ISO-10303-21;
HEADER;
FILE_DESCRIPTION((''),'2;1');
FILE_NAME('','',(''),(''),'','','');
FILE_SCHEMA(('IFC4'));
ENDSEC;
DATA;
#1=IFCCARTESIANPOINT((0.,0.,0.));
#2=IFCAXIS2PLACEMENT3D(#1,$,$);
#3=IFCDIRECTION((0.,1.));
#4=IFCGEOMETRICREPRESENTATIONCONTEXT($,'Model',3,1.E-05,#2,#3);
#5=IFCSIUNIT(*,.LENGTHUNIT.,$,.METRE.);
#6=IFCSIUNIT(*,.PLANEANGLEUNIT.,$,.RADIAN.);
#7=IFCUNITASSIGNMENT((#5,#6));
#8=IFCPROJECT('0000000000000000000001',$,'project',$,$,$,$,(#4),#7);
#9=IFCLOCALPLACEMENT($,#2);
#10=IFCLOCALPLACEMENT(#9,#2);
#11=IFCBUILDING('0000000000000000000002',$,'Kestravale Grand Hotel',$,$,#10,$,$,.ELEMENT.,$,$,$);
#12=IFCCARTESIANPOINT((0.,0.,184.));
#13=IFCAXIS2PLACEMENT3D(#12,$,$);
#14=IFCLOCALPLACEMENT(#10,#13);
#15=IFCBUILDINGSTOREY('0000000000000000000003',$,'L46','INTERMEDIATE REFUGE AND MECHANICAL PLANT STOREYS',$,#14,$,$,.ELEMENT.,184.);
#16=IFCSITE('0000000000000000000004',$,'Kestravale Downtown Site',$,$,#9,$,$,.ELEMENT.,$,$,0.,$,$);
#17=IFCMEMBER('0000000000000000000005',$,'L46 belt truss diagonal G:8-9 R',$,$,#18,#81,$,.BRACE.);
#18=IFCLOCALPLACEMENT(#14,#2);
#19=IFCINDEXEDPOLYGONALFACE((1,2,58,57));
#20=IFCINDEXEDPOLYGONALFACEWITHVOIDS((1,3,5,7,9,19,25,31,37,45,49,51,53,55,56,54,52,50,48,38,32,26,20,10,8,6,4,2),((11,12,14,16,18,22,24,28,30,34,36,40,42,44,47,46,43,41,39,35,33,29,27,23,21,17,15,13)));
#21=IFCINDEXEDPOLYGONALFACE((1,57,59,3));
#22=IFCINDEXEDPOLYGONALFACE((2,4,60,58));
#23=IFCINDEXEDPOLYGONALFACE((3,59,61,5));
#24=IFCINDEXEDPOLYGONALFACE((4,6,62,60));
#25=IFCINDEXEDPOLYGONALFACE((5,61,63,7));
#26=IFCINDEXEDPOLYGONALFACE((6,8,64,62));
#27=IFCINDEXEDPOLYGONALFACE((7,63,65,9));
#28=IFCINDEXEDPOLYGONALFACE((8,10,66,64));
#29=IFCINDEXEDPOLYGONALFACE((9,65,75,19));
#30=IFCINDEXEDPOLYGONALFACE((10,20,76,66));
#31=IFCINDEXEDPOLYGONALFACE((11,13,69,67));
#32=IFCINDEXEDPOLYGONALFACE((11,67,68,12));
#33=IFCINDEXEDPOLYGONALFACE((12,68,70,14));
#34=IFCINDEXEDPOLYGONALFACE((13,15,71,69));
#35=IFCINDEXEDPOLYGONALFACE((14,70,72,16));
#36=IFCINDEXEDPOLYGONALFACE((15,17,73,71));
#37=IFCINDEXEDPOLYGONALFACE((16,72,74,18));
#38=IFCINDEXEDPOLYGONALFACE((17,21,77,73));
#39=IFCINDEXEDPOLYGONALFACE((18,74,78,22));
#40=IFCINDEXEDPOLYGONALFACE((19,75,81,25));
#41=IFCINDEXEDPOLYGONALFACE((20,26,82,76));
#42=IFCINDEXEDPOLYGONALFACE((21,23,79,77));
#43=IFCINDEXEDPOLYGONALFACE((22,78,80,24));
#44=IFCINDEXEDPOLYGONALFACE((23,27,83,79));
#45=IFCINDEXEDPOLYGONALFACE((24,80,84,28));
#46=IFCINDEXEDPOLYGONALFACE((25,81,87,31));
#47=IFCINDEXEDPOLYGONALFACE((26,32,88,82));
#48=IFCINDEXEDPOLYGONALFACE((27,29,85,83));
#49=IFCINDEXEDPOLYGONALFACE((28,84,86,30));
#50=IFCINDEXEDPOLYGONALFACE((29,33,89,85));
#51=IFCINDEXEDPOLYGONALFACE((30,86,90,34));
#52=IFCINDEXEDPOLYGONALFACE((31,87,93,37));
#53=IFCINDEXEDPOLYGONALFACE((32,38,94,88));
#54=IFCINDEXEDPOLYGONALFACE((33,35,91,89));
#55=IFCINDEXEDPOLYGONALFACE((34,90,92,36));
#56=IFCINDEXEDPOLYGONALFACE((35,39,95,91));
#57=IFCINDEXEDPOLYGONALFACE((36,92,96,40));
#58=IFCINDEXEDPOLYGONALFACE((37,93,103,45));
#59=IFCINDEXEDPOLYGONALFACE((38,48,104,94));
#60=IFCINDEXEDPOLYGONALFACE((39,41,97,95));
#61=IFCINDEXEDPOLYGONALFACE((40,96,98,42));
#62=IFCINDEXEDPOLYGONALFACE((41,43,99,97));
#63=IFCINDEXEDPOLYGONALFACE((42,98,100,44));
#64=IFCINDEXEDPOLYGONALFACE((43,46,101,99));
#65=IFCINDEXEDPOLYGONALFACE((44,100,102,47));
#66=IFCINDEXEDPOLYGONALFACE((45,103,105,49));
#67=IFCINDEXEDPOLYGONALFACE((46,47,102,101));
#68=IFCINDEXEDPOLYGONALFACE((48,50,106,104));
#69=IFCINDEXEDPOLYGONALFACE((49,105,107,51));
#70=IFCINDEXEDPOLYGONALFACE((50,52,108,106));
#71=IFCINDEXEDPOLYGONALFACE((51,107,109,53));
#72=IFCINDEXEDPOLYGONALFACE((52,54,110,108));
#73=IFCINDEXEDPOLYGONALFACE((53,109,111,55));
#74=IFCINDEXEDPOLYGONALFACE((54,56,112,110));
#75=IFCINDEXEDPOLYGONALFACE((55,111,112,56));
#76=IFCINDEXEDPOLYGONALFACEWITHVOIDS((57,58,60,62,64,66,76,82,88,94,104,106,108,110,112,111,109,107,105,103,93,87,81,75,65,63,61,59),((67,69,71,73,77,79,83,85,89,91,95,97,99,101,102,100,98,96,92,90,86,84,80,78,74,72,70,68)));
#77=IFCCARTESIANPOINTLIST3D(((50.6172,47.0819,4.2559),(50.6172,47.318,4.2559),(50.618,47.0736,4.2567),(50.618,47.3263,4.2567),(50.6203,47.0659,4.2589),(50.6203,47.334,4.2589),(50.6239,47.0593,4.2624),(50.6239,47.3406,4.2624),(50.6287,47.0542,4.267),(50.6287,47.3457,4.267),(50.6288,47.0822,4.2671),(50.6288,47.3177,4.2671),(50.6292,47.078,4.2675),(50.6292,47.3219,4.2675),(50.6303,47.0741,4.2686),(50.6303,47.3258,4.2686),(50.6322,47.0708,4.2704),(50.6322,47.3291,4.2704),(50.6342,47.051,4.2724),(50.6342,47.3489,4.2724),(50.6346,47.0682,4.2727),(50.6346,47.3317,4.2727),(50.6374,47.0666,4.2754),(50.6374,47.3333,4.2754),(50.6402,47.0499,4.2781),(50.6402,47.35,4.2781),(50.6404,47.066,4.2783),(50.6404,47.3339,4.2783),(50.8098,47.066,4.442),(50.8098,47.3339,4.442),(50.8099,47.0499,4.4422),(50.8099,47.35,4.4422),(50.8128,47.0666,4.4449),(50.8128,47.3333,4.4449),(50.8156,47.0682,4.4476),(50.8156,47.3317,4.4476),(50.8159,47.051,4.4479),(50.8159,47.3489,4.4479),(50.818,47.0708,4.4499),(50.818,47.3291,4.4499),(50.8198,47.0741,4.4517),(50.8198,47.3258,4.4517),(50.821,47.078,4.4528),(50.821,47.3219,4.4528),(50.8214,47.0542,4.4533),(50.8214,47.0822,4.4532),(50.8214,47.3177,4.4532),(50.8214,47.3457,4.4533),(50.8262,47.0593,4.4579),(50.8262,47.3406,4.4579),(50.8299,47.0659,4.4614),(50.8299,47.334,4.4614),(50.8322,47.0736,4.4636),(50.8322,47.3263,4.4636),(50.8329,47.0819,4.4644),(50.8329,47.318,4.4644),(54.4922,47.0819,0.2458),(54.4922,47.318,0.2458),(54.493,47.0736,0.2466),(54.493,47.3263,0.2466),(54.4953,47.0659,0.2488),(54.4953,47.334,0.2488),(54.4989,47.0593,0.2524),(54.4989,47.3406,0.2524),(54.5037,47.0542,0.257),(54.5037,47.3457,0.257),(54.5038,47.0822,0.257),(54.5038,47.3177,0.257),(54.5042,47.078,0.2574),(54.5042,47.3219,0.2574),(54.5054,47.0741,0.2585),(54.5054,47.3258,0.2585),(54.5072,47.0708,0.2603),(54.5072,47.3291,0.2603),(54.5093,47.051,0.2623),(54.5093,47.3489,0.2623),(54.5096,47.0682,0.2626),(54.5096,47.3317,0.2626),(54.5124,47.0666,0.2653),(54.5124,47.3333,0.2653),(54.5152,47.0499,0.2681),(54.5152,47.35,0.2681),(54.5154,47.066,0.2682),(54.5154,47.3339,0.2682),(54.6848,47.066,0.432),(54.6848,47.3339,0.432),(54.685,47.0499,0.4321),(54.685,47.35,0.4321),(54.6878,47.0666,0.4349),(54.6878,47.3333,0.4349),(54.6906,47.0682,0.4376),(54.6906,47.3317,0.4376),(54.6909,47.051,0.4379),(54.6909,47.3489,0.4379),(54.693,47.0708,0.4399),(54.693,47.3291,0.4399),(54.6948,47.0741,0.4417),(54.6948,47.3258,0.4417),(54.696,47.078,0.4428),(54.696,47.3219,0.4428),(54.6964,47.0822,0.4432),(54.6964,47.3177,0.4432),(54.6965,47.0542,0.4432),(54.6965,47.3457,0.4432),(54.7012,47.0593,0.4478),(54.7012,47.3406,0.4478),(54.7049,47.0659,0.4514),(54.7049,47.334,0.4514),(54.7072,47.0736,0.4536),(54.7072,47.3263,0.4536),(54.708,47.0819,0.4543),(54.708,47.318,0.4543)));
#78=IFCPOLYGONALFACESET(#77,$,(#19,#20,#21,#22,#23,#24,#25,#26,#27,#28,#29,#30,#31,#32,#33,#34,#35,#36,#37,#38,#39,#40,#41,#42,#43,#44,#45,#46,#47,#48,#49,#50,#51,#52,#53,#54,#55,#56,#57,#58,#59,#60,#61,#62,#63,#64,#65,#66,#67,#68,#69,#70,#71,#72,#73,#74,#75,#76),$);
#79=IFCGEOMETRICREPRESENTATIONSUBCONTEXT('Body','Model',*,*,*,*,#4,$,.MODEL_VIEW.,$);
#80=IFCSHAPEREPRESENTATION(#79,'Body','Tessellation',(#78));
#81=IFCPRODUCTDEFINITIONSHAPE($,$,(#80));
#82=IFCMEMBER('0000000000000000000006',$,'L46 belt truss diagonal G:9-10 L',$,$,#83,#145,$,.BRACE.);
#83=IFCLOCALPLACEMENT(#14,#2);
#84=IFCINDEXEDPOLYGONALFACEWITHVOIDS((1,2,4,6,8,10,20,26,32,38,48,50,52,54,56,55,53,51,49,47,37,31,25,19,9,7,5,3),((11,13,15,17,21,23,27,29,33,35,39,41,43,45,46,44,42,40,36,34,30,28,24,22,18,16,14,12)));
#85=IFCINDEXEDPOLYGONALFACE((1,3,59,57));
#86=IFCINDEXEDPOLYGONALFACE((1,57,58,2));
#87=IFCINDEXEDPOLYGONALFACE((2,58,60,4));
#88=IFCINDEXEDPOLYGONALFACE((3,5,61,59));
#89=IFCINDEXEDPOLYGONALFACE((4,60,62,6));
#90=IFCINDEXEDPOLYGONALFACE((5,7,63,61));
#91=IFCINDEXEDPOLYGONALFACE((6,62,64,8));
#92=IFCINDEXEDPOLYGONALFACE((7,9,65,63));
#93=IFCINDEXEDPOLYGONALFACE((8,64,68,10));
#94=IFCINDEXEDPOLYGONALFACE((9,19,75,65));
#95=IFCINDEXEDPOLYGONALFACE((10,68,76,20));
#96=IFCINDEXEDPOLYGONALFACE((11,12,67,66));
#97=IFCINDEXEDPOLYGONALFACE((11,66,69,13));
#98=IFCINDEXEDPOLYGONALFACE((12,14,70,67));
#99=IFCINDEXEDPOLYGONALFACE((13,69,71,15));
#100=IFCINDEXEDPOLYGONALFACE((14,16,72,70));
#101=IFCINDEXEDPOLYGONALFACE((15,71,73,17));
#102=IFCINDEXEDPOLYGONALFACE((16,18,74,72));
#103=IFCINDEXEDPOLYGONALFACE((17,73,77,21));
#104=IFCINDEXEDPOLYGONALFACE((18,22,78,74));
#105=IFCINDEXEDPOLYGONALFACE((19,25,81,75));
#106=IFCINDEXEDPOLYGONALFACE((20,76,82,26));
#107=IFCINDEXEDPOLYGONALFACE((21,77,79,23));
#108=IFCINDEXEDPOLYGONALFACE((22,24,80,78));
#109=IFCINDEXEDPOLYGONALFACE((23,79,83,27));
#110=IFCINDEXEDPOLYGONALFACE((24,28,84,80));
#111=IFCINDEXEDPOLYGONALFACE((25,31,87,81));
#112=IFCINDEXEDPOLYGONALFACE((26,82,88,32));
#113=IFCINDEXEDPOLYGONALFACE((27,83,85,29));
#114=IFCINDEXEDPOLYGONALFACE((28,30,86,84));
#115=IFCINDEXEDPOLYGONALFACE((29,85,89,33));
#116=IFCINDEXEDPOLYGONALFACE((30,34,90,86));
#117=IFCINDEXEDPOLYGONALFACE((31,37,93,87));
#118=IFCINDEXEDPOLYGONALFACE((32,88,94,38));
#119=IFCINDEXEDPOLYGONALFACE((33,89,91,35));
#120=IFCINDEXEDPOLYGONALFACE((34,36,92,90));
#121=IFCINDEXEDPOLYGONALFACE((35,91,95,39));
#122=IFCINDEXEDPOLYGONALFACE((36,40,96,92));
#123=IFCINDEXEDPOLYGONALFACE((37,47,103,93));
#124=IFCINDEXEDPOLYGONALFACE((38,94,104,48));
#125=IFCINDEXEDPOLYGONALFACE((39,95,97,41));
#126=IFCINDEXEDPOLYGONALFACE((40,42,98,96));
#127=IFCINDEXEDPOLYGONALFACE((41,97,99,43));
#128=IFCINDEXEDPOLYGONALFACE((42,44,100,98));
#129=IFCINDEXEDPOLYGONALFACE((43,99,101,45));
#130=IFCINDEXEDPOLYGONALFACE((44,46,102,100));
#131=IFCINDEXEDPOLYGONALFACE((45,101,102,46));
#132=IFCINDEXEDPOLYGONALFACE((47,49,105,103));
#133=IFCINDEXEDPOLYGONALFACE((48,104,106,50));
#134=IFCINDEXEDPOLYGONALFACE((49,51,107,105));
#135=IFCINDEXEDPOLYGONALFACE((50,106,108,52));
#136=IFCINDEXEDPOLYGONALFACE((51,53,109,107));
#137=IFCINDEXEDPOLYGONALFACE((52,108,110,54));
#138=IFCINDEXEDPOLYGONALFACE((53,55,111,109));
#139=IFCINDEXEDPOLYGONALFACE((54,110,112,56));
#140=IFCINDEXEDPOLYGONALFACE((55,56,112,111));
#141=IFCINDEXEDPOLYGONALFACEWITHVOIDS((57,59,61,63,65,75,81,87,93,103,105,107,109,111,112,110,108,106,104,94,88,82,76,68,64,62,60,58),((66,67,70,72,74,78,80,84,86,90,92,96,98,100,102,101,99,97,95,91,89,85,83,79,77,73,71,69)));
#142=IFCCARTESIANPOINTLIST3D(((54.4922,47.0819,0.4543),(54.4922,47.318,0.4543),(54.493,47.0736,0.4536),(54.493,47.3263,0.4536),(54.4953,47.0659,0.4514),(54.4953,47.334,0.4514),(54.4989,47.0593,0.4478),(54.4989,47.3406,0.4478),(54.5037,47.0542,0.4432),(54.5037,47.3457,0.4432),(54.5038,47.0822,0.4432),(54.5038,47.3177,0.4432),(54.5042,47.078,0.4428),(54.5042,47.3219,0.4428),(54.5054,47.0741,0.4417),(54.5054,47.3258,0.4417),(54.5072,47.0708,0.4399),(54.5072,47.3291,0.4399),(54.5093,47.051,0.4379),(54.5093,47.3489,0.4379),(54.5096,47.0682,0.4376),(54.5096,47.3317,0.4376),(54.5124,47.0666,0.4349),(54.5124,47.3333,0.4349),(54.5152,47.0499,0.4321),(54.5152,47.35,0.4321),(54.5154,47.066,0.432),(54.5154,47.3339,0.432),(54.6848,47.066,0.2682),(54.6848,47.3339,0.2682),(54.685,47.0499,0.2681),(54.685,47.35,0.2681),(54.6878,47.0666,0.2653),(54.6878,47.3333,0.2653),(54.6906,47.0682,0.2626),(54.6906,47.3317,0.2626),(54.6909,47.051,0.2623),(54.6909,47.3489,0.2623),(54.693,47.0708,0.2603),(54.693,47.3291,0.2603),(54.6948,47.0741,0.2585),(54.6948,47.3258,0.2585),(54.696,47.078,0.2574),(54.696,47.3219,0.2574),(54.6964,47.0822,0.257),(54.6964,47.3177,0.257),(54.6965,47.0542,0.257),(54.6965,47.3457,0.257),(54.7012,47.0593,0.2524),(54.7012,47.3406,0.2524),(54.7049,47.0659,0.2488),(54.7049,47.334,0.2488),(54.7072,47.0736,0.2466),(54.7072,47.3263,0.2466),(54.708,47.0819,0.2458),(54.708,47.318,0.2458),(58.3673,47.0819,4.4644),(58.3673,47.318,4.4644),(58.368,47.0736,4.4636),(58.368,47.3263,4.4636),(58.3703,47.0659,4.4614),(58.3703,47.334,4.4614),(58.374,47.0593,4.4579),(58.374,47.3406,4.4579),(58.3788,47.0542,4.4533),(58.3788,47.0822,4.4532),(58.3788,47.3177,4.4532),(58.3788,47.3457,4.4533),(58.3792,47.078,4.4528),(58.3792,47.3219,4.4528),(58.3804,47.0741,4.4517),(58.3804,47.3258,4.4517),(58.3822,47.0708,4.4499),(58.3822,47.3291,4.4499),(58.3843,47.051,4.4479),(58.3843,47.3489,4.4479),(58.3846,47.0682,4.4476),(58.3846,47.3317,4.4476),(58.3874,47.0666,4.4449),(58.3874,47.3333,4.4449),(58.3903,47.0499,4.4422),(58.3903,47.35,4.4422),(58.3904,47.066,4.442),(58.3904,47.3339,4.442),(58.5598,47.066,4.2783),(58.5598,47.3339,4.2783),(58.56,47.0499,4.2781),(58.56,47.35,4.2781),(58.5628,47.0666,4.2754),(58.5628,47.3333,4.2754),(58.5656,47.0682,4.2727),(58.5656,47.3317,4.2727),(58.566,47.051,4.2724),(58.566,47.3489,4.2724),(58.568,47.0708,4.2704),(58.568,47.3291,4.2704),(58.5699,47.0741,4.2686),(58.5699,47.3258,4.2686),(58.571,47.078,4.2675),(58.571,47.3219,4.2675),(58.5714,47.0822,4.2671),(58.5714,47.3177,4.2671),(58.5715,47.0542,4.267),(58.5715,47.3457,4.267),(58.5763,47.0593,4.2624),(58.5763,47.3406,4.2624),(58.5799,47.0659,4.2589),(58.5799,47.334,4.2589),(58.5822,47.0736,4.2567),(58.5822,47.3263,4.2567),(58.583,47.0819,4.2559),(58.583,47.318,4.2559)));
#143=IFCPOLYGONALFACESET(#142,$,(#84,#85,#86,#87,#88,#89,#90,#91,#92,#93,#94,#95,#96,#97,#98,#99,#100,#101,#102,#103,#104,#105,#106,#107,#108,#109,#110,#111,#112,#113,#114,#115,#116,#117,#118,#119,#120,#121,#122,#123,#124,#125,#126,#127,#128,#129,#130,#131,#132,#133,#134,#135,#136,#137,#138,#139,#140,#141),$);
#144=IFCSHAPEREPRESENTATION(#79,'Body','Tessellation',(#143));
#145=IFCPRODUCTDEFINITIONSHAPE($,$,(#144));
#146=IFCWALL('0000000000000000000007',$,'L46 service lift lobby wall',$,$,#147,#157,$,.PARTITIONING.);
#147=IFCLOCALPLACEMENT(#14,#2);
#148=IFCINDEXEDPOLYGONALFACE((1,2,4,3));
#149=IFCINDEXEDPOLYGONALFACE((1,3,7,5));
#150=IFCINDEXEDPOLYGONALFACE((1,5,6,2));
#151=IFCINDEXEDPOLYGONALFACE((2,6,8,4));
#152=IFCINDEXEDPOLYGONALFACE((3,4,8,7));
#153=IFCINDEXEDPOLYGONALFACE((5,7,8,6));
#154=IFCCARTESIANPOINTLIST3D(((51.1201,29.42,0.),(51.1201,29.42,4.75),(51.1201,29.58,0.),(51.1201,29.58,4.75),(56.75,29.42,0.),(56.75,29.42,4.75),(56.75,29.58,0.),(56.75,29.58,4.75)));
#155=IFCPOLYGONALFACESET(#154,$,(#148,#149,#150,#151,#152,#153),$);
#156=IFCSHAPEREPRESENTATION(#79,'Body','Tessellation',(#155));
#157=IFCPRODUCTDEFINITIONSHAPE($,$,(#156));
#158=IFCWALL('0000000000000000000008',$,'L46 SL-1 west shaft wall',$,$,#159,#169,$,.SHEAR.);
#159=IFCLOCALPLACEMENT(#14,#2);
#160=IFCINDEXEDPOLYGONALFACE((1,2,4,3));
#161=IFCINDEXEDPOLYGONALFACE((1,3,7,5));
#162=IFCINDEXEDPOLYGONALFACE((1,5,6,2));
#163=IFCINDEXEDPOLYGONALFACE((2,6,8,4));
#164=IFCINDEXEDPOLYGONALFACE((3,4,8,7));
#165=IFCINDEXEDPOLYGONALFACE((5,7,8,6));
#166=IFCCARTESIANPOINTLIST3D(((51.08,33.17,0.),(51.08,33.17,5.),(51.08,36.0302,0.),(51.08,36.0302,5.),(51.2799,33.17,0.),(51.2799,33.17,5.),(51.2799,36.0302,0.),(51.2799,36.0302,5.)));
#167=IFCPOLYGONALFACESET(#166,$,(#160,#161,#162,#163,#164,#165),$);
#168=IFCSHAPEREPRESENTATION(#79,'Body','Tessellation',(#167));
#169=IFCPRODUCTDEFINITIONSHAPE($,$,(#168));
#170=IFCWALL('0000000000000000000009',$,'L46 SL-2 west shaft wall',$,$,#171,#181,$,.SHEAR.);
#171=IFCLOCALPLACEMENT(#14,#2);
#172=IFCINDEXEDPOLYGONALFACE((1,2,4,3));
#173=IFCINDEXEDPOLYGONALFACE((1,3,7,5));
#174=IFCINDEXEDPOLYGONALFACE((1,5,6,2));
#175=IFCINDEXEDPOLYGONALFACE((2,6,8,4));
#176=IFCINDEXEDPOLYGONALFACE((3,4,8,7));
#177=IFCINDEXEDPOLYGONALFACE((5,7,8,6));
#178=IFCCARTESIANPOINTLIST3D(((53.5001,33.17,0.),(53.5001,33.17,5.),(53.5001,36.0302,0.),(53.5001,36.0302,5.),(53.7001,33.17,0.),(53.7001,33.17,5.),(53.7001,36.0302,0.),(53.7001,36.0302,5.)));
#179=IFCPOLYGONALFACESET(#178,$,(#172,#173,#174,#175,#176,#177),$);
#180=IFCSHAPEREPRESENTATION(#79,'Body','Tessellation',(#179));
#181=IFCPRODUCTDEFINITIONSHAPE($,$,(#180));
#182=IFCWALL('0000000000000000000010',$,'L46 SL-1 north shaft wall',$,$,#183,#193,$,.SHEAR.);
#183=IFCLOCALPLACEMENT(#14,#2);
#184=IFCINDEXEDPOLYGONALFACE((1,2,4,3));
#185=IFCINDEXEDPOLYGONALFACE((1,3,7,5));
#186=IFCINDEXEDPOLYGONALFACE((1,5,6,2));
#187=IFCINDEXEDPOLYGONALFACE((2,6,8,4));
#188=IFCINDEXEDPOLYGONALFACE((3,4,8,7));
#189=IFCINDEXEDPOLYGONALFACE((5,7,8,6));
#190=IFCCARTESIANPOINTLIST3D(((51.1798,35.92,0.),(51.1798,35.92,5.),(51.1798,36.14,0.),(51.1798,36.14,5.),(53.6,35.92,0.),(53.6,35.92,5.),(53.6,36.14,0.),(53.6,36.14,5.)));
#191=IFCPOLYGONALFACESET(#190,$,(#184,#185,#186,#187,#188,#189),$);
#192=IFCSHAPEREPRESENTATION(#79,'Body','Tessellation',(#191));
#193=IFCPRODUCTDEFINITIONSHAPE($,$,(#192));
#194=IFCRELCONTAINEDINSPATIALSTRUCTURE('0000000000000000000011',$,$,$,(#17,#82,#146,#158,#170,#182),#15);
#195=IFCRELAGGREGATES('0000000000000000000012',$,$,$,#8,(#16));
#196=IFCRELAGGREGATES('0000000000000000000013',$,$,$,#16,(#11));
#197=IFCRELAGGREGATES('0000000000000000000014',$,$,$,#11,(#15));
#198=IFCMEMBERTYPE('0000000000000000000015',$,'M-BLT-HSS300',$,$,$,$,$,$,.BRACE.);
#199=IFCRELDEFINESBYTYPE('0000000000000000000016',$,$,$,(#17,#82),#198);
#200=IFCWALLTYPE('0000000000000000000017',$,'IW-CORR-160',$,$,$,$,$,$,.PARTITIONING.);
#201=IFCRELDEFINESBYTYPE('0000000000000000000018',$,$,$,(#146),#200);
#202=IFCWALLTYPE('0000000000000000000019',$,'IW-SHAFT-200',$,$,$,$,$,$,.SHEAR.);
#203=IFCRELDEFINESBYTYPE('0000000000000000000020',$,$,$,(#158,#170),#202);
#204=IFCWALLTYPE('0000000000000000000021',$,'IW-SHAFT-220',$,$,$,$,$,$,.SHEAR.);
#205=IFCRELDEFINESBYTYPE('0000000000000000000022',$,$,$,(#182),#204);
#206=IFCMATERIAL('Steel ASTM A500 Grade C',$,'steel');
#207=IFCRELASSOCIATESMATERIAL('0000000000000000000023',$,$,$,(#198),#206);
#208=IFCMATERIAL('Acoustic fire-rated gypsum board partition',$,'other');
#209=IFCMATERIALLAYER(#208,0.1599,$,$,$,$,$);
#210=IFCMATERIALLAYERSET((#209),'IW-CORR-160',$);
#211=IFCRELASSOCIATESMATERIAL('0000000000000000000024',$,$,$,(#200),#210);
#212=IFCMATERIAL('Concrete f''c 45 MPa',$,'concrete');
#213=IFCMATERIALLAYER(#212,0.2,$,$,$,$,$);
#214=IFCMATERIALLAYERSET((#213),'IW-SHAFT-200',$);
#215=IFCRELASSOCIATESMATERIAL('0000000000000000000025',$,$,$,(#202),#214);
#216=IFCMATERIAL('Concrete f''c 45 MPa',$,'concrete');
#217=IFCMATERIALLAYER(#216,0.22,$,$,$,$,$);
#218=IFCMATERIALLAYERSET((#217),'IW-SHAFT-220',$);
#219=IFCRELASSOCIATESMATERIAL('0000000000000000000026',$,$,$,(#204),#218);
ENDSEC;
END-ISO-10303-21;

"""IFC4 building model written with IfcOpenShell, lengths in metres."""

from ifc_helpers import new_model, si_unit, direction, frame, frame_2d, origin, origin_2d, place, context, subcontext, project, spatial, rectangle, hollow_rectangle, extrude, material, layer, layer_set, material_profile, profile_set, type_object, element, save


model = new_model("IFC4")

# Units and contexts
model_context = context("Model", 3, precision=1e-05, world=origin(), true_north=direction((0.0, 1.0)))
body_context = subcontext(model_context, "Body", "Model", "MODEL_VIEW")
ifc_project = project(units=[si_unit("LENGTHUNIT", "METRE"), si_unit("PLANEANGLEUNIT", "RADIAN")], contexts=[model_context])

# Site, building, storey
site_placement = place(None, origin())
site = spatial("IfcSite", under=ifc_project, at=site_placement, Name="Kestravale Downtown Site", CompositionType="ELEMENT", RefElevation=0.0)
building_placement = place(site_placement, origin())
building = spatial("IfcBuilding", under=site, at=building_placement, Name="Kestravale Grand Hotel", CompositionType="ELEMENT")
storey_placement = place(building_placement, frame((0.0, 0.0, 184.0)))
storey = spatial("IfcBuildingStorey", under=building, at=storey_placement, Name="L46", Description="INTERMEDIATE REFUGE AND MECHANICAL PLANT STOREYS", CompositionType="ELEMENT", Elevation=184.0)

# Members
ifc_material_1 = material(Name="Steel ASTM A500 Grade C", Category="steel")
ifc_material_profile_1 = material_profile(ifc_material_1, hollow_rectangle(XDim=0.3, YDim=0.3, WallThickness=0.0161, InnerFilletRadius=0.0161, OuterFilletRadius=0.032, at=origin_2d()))
ifc_profile_set_1 = profile_set([ifc_material_profile_1], Name="Steel ASTM A500 Grade C")
member_type_1 = type_object("IfcMemberType", Name="M-BLT-HSS300", PredefinedType="BRACE", material=ifc_profile_set_1)
for number, where, z_axis, x_axis, name in (
    (1, (54.6001, 47.2, 0.3501), (-0.694898, 0.0, 0.719109), (0.0, -1.0, 0.0), "L46 belt truss diagonal G:8-9 R"),
    (2, (54.6001, 47.2, 0.3501), (0.694898, 0.0, 0.719109), (0.0, 1.0, 0.0), "L46 belt truss diagonal G:9-10 L"),
):
    element("IfcMember", number, at=place(storey_placement, frame(where, z_axis=z_axis, x_axis=x_axis)), inside=storey, type_object=member_type_1, Name=name, PredefinedType="BRACE", context=body_context, shape_type="SweptSolid", body=[
        extrude(hollow_rectangle(XDim=0.3, YDim=0.3, WallThickness=0.0161, InnerFilletRadius=0.0161, OuterFilletRadius=0.032, at=origin_2d()), origin(), (0.0, 0.0, 1.0), 5.5764),
    ])

# Shared definitions
ifc_material_2 = material(Name="Acoustic fire-rated gypsum board partition", Category="other")
ifc_layer_1 = layer(ifc_material_2, 0.1599)
ifc_layer_set_1 = layer_set([ifc_layer_1], Name="IW-CORR-160")
wall_type_1 = type_object("IfcWallType", Name="IW-CORR-160", PredefinedType="PARTITIONING", material=ifc_layer_set_1)

# Walls
wall_1_placement = place(storey_placement, frame((51.1201, 29.5, 0.0), z_axis=(0.0, 0.0, 1.0), x_axis=(1.0, 0.0, 0.0)))
element("IfcWall", 3, at=wall_1_placement, inside=storey, type_object=wall_type_1, Name="L46 service lift lobby wall", PredefinedType="PARTITIONING", context=body_context, shape_type="SweptSolid", body=[
    extrude(rectangle(XDim=5.6299, YDim=0.1599, at=frame_2d((2.8149, 0.0))), origin(), (0.0, 0.0, 1.0), 4.75),
])
ifc_material_3 = material(Name="Concrete f'c 45 MPa", Category="concrete")
ifc_layer_2 = layer(ifc_material_3, 0.2)
ifc_layer_set_2 = layer_set([ifc_layer_2], Name="IW-SHAFT-200")
wall_type_2 = type_object("IfcWallType", Name="IW-SHAFT-200", PredefinedType="SHEAR", material=ifc_layer_set_2)
for number, where, z_axis, x_axis, name in (
    (4, (51.1799, 33.1699, 0.0), (0.0, 0.0, 1.0), (0.0, 1.0, 0.0), "L46 SL-1 west shaft wall"),
    (5, (53.6001, 33.1699, 0.0), (0.0, 0.0, 1.0), (0.0, 1.0, 0.0), "L46 SL-2 west shaft wall"),
):
    element("IfcWall", number, at=place(storey_placement, frame(where, z_axis=z_axis, x_axis=x_axis)), inside=storey, type_object=wall_type_2, Name=name, PredefinedType="SHEAR", context=body_context, shape_type="SweptSolid", body=[
        extrude(rectangle(XDim=2.8601, YDim=0.2, at=frame_2d((1.4302, 0.0))), origin(), (0.0, 0.0, 1.0), 5.0),
    ])
ifc_material_4 = material(Name="Concrete f'c 45 MPa", Category="concrete")
ifc_layer_3 = layer(ifc_material_4, 0.22)
ifc_layer_set_3 = layer_set([ifc_layer_3], Name="IW-SHAFT-220")
wall_type_3 = type_object("IfcWallType", Name="IW-SHAFT-220", PredefinedType="SHEAR", material=ifc_layer_set_3)
wall_2_placement = place(storey_placement, frame((51.1799, 36.03, 0.0), z_axis=(0.0, 0.0, 1.0), x_axis=(1.0, 0.0, 0.0)))
element("IfcWall", 6, at=wall_2_placement, inside=storey, type_object=wall_type_3, Name="L46 SL-1 north shaft wall", PredefinedType="SHEAR", context=body_context, shape_type="SweptSolid", body=[
    extrude(rectangle(XDim=2.4202, YDim=0.22, at=frame_2d((1.21, 0.0))), origin(), (0.0, 0.0, 1.0), 5.0),
])

save(model, "model.ifc")
